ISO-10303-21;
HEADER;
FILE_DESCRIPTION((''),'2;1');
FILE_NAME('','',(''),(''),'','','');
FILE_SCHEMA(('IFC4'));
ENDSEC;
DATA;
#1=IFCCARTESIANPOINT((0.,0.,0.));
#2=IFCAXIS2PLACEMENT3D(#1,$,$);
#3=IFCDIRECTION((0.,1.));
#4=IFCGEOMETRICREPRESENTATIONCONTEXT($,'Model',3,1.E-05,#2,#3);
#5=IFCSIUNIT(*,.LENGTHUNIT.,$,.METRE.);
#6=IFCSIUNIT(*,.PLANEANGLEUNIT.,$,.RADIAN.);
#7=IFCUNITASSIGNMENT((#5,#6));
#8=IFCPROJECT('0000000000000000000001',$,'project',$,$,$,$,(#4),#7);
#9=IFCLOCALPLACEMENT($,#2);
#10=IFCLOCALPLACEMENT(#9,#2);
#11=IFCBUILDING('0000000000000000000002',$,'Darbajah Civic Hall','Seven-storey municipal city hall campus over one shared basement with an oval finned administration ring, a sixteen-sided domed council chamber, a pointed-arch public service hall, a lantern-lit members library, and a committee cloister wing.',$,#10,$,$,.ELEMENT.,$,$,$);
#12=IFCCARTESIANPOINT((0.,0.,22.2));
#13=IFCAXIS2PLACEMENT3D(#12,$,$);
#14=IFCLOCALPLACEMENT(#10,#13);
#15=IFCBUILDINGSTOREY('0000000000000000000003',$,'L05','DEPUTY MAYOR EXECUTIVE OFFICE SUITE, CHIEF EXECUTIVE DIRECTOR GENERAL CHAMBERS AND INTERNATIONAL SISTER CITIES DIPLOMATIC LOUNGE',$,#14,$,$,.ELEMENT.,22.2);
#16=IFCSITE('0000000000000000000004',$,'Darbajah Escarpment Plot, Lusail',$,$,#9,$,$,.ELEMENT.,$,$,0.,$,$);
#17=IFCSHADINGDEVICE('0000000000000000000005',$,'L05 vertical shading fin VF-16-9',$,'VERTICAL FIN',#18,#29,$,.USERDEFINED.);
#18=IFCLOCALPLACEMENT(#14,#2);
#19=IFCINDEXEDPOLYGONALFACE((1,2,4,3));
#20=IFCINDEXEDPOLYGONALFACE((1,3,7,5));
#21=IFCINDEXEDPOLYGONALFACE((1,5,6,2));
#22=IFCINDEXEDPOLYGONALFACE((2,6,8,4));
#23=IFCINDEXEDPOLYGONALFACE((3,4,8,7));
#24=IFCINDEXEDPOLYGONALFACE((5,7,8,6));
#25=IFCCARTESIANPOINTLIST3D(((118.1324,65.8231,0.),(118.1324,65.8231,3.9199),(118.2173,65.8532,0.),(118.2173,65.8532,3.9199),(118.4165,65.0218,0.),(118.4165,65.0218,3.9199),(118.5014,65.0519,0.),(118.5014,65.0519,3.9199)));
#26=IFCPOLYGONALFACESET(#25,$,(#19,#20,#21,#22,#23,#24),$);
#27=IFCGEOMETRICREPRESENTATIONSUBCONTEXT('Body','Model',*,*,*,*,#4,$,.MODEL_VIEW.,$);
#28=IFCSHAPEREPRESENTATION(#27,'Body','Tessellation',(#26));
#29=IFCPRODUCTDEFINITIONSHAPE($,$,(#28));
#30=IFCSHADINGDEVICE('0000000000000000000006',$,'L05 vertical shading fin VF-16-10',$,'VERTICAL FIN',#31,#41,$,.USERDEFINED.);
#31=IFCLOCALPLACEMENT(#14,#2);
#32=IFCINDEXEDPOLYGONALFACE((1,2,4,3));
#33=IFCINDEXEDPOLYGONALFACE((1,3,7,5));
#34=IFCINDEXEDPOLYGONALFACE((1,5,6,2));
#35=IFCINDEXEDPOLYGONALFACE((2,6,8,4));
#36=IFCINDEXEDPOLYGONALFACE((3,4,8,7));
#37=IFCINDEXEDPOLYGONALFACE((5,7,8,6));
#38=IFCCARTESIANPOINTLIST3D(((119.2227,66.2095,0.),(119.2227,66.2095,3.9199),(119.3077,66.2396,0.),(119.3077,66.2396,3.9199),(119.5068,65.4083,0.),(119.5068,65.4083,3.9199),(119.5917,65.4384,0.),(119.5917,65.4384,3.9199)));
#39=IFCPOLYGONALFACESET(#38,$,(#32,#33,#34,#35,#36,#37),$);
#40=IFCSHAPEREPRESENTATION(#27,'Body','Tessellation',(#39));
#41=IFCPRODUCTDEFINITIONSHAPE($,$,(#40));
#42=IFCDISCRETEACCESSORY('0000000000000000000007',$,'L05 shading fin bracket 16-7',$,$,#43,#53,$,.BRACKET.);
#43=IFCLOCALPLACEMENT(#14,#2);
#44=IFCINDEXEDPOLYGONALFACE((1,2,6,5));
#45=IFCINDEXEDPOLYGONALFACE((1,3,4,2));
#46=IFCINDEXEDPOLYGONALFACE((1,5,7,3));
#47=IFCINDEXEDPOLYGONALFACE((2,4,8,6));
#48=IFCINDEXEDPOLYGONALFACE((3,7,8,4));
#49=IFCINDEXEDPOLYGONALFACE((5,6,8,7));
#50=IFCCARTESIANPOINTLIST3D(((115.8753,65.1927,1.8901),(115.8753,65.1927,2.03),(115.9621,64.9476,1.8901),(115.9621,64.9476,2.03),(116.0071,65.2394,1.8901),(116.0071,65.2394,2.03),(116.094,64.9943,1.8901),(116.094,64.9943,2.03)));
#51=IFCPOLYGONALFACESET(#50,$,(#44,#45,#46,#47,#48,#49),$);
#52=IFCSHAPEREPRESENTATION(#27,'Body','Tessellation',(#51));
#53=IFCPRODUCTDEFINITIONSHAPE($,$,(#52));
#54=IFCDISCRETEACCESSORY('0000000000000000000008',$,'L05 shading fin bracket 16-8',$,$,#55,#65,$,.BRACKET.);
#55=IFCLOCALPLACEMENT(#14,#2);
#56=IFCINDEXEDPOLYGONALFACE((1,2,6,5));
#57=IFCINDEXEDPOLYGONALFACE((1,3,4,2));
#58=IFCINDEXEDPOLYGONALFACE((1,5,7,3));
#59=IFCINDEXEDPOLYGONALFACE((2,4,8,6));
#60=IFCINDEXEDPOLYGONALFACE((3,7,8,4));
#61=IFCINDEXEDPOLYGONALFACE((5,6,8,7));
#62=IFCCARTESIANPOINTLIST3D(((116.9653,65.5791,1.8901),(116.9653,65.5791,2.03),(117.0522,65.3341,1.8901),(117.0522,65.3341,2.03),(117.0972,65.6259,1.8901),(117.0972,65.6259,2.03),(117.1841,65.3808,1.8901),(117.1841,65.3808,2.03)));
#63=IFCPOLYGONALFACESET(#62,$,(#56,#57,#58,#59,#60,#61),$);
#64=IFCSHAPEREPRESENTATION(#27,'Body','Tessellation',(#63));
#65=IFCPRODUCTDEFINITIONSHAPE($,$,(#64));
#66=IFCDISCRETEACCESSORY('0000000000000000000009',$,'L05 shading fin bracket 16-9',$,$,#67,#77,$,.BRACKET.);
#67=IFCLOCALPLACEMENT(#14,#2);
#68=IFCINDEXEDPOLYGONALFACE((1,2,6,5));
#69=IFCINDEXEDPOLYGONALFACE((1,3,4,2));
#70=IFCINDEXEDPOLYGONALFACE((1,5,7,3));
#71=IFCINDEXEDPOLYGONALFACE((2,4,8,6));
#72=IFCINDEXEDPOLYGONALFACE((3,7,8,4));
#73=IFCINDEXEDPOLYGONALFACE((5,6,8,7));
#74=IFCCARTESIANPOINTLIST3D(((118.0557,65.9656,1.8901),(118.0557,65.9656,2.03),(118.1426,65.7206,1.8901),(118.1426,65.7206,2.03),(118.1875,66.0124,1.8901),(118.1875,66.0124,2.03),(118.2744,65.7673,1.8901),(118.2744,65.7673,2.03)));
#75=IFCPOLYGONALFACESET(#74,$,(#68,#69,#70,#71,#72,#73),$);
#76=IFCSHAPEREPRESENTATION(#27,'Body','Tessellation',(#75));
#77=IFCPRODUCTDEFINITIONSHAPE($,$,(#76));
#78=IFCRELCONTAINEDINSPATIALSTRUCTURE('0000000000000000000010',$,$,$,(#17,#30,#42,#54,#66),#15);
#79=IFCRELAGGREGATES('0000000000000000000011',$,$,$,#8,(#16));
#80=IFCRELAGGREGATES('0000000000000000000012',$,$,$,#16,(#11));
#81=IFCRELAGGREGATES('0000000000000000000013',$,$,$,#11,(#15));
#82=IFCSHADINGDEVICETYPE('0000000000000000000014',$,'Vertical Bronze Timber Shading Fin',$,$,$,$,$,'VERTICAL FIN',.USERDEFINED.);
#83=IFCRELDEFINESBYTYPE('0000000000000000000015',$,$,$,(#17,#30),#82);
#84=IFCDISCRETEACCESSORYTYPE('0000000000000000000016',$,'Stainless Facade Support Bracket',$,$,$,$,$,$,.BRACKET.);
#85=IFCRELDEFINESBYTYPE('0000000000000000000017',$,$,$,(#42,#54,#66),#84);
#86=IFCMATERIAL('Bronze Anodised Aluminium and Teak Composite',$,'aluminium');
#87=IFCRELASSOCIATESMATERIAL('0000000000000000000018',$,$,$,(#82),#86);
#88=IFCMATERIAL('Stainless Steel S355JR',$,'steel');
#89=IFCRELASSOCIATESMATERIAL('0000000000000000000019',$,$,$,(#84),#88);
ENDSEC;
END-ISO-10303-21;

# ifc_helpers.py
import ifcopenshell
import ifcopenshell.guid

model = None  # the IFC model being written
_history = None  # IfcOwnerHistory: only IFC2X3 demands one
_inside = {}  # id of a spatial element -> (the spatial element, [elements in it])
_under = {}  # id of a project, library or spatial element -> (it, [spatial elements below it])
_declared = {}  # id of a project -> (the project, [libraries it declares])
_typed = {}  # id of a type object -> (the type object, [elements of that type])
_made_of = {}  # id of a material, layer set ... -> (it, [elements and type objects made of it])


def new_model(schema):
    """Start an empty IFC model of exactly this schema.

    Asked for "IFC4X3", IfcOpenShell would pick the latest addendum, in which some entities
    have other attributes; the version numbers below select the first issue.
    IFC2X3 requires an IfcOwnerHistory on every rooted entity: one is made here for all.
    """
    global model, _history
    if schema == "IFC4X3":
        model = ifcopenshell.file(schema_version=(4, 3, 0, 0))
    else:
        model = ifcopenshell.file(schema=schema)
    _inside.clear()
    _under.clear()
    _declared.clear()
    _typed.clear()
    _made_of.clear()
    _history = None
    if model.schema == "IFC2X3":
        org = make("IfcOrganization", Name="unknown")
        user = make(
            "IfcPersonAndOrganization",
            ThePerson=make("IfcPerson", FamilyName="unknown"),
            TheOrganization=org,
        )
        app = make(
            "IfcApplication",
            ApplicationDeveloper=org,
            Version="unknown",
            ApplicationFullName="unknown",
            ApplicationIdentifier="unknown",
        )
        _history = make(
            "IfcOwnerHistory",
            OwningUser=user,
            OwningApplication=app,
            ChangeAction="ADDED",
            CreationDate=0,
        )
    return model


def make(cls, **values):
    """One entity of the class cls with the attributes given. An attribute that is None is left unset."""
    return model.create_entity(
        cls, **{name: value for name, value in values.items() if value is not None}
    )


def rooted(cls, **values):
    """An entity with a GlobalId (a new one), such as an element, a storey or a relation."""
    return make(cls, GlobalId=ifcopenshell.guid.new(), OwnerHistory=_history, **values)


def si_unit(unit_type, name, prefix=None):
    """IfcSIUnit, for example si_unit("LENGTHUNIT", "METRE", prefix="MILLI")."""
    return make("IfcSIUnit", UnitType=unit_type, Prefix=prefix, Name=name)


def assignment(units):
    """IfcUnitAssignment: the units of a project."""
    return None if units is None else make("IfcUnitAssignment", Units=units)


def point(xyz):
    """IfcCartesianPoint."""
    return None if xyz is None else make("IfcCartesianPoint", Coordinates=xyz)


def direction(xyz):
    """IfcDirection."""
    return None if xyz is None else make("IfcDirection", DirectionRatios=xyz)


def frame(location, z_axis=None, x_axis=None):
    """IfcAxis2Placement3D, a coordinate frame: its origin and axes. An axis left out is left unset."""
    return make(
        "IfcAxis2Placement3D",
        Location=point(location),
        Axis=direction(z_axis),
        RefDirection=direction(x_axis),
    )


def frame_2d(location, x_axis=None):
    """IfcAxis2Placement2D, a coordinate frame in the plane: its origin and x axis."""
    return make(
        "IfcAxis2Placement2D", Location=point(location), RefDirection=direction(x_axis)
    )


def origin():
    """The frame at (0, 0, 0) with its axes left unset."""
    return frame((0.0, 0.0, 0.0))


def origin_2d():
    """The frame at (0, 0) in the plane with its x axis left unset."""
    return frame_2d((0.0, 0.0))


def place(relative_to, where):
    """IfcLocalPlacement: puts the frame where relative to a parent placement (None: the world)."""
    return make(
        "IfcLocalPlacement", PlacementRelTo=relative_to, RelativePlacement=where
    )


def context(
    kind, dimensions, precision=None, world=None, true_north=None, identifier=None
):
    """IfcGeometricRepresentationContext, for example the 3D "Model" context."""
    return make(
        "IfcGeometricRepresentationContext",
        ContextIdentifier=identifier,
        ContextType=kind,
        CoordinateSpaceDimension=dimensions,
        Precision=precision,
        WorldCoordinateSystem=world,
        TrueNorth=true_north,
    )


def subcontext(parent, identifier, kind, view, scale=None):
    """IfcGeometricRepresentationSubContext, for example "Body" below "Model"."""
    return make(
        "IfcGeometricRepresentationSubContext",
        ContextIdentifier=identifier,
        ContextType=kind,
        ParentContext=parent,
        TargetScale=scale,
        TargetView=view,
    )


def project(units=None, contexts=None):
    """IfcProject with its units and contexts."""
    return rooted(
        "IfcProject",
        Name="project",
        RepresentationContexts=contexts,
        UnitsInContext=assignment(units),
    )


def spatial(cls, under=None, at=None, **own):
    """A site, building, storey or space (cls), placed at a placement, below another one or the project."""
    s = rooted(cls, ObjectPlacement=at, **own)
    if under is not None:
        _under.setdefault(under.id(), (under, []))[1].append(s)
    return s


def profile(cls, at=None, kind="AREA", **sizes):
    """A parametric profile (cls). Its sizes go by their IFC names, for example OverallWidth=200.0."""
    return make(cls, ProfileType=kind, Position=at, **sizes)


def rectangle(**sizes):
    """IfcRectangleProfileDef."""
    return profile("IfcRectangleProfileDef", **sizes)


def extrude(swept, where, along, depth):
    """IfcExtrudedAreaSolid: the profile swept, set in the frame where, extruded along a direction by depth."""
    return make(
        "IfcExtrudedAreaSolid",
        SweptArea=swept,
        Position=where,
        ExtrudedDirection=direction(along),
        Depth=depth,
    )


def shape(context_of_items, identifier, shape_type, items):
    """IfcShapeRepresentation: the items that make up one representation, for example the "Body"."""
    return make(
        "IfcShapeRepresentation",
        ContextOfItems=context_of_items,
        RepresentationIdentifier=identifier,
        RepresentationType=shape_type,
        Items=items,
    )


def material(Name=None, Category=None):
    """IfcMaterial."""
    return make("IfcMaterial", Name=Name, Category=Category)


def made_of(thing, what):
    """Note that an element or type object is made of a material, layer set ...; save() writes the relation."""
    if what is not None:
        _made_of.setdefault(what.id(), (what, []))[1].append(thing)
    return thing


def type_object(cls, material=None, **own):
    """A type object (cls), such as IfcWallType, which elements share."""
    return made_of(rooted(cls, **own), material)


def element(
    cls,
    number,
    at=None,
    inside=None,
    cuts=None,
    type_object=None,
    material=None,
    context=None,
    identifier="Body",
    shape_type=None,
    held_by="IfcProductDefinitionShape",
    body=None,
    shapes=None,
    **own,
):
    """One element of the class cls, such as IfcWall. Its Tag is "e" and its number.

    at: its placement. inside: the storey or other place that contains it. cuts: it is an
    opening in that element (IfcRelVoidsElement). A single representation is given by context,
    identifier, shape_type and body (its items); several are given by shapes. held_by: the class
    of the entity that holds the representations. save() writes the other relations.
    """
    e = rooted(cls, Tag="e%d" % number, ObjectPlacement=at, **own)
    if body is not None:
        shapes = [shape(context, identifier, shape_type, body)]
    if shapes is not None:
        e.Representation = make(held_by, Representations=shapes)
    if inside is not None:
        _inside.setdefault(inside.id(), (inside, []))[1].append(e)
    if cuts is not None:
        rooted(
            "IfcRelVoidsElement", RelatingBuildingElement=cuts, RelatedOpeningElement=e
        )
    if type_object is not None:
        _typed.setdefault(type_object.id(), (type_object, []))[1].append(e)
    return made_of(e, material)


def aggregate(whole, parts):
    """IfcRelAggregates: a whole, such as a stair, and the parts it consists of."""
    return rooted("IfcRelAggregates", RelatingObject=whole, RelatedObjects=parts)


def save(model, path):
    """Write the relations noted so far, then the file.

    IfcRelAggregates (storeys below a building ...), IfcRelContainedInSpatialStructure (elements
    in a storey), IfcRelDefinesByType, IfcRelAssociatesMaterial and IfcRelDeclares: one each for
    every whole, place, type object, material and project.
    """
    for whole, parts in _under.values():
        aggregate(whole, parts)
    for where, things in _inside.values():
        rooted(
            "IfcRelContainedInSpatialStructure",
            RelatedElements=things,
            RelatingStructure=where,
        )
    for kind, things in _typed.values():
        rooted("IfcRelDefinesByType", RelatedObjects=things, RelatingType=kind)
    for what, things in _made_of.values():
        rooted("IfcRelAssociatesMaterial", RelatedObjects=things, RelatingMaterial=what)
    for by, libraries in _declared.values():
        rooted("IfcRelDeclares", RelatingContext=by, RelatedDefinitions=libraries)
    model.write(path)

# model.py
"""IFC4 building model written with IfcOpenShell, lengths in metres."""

from ifc_helpers import new_model, si_unit, direction, frame, origin, origin_2d, place, context, subcontext, project, spatial, rectangle, extrude, material, type_object, element, save


model = new_model("IFC4")

# Units and contexts
model_context = context("Model", 3, precision=1e-05, world=origin(), true_north=direction((0.0, 1.0)))
body_context = subcontext(model_context, "Body", "Model", "MODEL_VIEW")
ifc_project = project(units=[si_unit("LENGTHUNIT", "METRE"), si_unit("PLANEANGLEUNIT", "RADIAN")], contexts=[model_context])

# Site, building, storey
site_placement = place(None, origin())
site = spatial("IfcSite", under=ifc_project, at=site_placement, Name="Darbajah Escarpment Plot, Lusail", CompositionType="ELEMENT", RefElevation=0.0)
building_placement = place(site_placement, origin())
building = spatial("IfcBuilding", under=site, at=building_placement, Name="Darbajah Civic Hall", Description="Seven-storey municipal city hall campus over one shared basement with an oval finned administration ring, a sixteen-sided domed council chamber, a pointed-arch public service hall, a lantern-lit members library, and a committee cloister wing.", CompositionType="ELEMENT")
storey_placement = place(building_placement, frame((0.0, 0.0, 22.2)))
storey = spatial("IfcBuildingStorey", under=building, at=storey_placement, Name="L05", Description="DEPUTY MAYOR EXECUTIVE OFFICE SUITE, CHIEF EXECUTIVE DIRECTOR GENERAL CHAMBERS AND INTERNATIONAL SISTER CITIES DIPLOMATIC LOUNGE", CompositionType="ELEMENT", Elevation=22.2)

# Shading devices
ifc_material_1 = material(Name="Bronze Anodised Aluminium and Teak Composite", Category="aluminium")
shading_device_type = type_object("IfcShadingDeviceType", Name="Vertical Bronze Timber Shading Fin", ElementType="VERTICAL FIN", PredefinedType="USERDEFINED", material=ifc_material_1)
for number, where, z_axis, x_axis, name in (
    (1, (118.3169, 65.4375, 0.0), (0.0, 0.0, 1.0), (0.334136, -0.942525, 0.0), "L05 vertical shading fin VF-16-9"),
    (2, (119.4072, 65.824, 0.0), (0.0, 0.0, 1.0), (0.334136, -0.942525, 0.0), "L05 vertical shading fin VF-16-10"),
):
    element("IfcShadingDevice", number, at=place(storey_placement, frame(where, z_axis=z_axis, x_axis=x_axis)), inside=storey, type_object=shading_device_type, Name=name, ObjectType="VERTICAL FIN", PredefinedType="USERDEFINED", context=body_context, shape_type="SweptSolid", body=[
        extrude(rectangle(XDim=0.8501, YDim=0.0901, at=origin_2d()), origin(), (0.0, 0.0, 1.0), 3.9199),
    ])

# Discrete accessories
ifc_material_2 = material(Name="Stainless Steel S355JR", Category="steel")
discrete_accessory_type = type_object("IfcDiscreteAccessoryType", Name="Stainless Facade Support Bracket", PredefinedType="BRACKET", material=ifc_material_2)
for number, where, z_axis, x_axis, name in (
    (3, (115.9846, 65.0935, 1.8901), (0.0, 0.0, 1.0), (0.334136, -0.942525, 0.0), "L05 shading fin bracket 16-7"),
    (4, (117.0747, 65.48, 1.8901), (0.0, 0.0, 1.0), (0.334136, -0.942525, 0.0), "L05 shading fin bracket 16-8"),
    (5, (118.165, 65.8665, 1.8901), (0.0, 0.0, 1.0), (0.334136, -0.942525, 0.0), "L05 shading fin bracket 16-9"),
):
    element("IfcDiscreteAccessory", number, at=place(storey_placement, frame(where, z_axis=z_axis, x_axis=x_axis)), inside=storey, type_object=discrete_accessory_type, Name=name, PredefinedType="BRACKET", context=body_context, shape_type="SweptSolid", body=[
        extrude(rectangle(XDim=0.26, YDim=0.1399, at=origin_2d()), origin(), (0.0, 0.0, 1.0), 0.1399),
    ])

save(model, "model.ifc")
